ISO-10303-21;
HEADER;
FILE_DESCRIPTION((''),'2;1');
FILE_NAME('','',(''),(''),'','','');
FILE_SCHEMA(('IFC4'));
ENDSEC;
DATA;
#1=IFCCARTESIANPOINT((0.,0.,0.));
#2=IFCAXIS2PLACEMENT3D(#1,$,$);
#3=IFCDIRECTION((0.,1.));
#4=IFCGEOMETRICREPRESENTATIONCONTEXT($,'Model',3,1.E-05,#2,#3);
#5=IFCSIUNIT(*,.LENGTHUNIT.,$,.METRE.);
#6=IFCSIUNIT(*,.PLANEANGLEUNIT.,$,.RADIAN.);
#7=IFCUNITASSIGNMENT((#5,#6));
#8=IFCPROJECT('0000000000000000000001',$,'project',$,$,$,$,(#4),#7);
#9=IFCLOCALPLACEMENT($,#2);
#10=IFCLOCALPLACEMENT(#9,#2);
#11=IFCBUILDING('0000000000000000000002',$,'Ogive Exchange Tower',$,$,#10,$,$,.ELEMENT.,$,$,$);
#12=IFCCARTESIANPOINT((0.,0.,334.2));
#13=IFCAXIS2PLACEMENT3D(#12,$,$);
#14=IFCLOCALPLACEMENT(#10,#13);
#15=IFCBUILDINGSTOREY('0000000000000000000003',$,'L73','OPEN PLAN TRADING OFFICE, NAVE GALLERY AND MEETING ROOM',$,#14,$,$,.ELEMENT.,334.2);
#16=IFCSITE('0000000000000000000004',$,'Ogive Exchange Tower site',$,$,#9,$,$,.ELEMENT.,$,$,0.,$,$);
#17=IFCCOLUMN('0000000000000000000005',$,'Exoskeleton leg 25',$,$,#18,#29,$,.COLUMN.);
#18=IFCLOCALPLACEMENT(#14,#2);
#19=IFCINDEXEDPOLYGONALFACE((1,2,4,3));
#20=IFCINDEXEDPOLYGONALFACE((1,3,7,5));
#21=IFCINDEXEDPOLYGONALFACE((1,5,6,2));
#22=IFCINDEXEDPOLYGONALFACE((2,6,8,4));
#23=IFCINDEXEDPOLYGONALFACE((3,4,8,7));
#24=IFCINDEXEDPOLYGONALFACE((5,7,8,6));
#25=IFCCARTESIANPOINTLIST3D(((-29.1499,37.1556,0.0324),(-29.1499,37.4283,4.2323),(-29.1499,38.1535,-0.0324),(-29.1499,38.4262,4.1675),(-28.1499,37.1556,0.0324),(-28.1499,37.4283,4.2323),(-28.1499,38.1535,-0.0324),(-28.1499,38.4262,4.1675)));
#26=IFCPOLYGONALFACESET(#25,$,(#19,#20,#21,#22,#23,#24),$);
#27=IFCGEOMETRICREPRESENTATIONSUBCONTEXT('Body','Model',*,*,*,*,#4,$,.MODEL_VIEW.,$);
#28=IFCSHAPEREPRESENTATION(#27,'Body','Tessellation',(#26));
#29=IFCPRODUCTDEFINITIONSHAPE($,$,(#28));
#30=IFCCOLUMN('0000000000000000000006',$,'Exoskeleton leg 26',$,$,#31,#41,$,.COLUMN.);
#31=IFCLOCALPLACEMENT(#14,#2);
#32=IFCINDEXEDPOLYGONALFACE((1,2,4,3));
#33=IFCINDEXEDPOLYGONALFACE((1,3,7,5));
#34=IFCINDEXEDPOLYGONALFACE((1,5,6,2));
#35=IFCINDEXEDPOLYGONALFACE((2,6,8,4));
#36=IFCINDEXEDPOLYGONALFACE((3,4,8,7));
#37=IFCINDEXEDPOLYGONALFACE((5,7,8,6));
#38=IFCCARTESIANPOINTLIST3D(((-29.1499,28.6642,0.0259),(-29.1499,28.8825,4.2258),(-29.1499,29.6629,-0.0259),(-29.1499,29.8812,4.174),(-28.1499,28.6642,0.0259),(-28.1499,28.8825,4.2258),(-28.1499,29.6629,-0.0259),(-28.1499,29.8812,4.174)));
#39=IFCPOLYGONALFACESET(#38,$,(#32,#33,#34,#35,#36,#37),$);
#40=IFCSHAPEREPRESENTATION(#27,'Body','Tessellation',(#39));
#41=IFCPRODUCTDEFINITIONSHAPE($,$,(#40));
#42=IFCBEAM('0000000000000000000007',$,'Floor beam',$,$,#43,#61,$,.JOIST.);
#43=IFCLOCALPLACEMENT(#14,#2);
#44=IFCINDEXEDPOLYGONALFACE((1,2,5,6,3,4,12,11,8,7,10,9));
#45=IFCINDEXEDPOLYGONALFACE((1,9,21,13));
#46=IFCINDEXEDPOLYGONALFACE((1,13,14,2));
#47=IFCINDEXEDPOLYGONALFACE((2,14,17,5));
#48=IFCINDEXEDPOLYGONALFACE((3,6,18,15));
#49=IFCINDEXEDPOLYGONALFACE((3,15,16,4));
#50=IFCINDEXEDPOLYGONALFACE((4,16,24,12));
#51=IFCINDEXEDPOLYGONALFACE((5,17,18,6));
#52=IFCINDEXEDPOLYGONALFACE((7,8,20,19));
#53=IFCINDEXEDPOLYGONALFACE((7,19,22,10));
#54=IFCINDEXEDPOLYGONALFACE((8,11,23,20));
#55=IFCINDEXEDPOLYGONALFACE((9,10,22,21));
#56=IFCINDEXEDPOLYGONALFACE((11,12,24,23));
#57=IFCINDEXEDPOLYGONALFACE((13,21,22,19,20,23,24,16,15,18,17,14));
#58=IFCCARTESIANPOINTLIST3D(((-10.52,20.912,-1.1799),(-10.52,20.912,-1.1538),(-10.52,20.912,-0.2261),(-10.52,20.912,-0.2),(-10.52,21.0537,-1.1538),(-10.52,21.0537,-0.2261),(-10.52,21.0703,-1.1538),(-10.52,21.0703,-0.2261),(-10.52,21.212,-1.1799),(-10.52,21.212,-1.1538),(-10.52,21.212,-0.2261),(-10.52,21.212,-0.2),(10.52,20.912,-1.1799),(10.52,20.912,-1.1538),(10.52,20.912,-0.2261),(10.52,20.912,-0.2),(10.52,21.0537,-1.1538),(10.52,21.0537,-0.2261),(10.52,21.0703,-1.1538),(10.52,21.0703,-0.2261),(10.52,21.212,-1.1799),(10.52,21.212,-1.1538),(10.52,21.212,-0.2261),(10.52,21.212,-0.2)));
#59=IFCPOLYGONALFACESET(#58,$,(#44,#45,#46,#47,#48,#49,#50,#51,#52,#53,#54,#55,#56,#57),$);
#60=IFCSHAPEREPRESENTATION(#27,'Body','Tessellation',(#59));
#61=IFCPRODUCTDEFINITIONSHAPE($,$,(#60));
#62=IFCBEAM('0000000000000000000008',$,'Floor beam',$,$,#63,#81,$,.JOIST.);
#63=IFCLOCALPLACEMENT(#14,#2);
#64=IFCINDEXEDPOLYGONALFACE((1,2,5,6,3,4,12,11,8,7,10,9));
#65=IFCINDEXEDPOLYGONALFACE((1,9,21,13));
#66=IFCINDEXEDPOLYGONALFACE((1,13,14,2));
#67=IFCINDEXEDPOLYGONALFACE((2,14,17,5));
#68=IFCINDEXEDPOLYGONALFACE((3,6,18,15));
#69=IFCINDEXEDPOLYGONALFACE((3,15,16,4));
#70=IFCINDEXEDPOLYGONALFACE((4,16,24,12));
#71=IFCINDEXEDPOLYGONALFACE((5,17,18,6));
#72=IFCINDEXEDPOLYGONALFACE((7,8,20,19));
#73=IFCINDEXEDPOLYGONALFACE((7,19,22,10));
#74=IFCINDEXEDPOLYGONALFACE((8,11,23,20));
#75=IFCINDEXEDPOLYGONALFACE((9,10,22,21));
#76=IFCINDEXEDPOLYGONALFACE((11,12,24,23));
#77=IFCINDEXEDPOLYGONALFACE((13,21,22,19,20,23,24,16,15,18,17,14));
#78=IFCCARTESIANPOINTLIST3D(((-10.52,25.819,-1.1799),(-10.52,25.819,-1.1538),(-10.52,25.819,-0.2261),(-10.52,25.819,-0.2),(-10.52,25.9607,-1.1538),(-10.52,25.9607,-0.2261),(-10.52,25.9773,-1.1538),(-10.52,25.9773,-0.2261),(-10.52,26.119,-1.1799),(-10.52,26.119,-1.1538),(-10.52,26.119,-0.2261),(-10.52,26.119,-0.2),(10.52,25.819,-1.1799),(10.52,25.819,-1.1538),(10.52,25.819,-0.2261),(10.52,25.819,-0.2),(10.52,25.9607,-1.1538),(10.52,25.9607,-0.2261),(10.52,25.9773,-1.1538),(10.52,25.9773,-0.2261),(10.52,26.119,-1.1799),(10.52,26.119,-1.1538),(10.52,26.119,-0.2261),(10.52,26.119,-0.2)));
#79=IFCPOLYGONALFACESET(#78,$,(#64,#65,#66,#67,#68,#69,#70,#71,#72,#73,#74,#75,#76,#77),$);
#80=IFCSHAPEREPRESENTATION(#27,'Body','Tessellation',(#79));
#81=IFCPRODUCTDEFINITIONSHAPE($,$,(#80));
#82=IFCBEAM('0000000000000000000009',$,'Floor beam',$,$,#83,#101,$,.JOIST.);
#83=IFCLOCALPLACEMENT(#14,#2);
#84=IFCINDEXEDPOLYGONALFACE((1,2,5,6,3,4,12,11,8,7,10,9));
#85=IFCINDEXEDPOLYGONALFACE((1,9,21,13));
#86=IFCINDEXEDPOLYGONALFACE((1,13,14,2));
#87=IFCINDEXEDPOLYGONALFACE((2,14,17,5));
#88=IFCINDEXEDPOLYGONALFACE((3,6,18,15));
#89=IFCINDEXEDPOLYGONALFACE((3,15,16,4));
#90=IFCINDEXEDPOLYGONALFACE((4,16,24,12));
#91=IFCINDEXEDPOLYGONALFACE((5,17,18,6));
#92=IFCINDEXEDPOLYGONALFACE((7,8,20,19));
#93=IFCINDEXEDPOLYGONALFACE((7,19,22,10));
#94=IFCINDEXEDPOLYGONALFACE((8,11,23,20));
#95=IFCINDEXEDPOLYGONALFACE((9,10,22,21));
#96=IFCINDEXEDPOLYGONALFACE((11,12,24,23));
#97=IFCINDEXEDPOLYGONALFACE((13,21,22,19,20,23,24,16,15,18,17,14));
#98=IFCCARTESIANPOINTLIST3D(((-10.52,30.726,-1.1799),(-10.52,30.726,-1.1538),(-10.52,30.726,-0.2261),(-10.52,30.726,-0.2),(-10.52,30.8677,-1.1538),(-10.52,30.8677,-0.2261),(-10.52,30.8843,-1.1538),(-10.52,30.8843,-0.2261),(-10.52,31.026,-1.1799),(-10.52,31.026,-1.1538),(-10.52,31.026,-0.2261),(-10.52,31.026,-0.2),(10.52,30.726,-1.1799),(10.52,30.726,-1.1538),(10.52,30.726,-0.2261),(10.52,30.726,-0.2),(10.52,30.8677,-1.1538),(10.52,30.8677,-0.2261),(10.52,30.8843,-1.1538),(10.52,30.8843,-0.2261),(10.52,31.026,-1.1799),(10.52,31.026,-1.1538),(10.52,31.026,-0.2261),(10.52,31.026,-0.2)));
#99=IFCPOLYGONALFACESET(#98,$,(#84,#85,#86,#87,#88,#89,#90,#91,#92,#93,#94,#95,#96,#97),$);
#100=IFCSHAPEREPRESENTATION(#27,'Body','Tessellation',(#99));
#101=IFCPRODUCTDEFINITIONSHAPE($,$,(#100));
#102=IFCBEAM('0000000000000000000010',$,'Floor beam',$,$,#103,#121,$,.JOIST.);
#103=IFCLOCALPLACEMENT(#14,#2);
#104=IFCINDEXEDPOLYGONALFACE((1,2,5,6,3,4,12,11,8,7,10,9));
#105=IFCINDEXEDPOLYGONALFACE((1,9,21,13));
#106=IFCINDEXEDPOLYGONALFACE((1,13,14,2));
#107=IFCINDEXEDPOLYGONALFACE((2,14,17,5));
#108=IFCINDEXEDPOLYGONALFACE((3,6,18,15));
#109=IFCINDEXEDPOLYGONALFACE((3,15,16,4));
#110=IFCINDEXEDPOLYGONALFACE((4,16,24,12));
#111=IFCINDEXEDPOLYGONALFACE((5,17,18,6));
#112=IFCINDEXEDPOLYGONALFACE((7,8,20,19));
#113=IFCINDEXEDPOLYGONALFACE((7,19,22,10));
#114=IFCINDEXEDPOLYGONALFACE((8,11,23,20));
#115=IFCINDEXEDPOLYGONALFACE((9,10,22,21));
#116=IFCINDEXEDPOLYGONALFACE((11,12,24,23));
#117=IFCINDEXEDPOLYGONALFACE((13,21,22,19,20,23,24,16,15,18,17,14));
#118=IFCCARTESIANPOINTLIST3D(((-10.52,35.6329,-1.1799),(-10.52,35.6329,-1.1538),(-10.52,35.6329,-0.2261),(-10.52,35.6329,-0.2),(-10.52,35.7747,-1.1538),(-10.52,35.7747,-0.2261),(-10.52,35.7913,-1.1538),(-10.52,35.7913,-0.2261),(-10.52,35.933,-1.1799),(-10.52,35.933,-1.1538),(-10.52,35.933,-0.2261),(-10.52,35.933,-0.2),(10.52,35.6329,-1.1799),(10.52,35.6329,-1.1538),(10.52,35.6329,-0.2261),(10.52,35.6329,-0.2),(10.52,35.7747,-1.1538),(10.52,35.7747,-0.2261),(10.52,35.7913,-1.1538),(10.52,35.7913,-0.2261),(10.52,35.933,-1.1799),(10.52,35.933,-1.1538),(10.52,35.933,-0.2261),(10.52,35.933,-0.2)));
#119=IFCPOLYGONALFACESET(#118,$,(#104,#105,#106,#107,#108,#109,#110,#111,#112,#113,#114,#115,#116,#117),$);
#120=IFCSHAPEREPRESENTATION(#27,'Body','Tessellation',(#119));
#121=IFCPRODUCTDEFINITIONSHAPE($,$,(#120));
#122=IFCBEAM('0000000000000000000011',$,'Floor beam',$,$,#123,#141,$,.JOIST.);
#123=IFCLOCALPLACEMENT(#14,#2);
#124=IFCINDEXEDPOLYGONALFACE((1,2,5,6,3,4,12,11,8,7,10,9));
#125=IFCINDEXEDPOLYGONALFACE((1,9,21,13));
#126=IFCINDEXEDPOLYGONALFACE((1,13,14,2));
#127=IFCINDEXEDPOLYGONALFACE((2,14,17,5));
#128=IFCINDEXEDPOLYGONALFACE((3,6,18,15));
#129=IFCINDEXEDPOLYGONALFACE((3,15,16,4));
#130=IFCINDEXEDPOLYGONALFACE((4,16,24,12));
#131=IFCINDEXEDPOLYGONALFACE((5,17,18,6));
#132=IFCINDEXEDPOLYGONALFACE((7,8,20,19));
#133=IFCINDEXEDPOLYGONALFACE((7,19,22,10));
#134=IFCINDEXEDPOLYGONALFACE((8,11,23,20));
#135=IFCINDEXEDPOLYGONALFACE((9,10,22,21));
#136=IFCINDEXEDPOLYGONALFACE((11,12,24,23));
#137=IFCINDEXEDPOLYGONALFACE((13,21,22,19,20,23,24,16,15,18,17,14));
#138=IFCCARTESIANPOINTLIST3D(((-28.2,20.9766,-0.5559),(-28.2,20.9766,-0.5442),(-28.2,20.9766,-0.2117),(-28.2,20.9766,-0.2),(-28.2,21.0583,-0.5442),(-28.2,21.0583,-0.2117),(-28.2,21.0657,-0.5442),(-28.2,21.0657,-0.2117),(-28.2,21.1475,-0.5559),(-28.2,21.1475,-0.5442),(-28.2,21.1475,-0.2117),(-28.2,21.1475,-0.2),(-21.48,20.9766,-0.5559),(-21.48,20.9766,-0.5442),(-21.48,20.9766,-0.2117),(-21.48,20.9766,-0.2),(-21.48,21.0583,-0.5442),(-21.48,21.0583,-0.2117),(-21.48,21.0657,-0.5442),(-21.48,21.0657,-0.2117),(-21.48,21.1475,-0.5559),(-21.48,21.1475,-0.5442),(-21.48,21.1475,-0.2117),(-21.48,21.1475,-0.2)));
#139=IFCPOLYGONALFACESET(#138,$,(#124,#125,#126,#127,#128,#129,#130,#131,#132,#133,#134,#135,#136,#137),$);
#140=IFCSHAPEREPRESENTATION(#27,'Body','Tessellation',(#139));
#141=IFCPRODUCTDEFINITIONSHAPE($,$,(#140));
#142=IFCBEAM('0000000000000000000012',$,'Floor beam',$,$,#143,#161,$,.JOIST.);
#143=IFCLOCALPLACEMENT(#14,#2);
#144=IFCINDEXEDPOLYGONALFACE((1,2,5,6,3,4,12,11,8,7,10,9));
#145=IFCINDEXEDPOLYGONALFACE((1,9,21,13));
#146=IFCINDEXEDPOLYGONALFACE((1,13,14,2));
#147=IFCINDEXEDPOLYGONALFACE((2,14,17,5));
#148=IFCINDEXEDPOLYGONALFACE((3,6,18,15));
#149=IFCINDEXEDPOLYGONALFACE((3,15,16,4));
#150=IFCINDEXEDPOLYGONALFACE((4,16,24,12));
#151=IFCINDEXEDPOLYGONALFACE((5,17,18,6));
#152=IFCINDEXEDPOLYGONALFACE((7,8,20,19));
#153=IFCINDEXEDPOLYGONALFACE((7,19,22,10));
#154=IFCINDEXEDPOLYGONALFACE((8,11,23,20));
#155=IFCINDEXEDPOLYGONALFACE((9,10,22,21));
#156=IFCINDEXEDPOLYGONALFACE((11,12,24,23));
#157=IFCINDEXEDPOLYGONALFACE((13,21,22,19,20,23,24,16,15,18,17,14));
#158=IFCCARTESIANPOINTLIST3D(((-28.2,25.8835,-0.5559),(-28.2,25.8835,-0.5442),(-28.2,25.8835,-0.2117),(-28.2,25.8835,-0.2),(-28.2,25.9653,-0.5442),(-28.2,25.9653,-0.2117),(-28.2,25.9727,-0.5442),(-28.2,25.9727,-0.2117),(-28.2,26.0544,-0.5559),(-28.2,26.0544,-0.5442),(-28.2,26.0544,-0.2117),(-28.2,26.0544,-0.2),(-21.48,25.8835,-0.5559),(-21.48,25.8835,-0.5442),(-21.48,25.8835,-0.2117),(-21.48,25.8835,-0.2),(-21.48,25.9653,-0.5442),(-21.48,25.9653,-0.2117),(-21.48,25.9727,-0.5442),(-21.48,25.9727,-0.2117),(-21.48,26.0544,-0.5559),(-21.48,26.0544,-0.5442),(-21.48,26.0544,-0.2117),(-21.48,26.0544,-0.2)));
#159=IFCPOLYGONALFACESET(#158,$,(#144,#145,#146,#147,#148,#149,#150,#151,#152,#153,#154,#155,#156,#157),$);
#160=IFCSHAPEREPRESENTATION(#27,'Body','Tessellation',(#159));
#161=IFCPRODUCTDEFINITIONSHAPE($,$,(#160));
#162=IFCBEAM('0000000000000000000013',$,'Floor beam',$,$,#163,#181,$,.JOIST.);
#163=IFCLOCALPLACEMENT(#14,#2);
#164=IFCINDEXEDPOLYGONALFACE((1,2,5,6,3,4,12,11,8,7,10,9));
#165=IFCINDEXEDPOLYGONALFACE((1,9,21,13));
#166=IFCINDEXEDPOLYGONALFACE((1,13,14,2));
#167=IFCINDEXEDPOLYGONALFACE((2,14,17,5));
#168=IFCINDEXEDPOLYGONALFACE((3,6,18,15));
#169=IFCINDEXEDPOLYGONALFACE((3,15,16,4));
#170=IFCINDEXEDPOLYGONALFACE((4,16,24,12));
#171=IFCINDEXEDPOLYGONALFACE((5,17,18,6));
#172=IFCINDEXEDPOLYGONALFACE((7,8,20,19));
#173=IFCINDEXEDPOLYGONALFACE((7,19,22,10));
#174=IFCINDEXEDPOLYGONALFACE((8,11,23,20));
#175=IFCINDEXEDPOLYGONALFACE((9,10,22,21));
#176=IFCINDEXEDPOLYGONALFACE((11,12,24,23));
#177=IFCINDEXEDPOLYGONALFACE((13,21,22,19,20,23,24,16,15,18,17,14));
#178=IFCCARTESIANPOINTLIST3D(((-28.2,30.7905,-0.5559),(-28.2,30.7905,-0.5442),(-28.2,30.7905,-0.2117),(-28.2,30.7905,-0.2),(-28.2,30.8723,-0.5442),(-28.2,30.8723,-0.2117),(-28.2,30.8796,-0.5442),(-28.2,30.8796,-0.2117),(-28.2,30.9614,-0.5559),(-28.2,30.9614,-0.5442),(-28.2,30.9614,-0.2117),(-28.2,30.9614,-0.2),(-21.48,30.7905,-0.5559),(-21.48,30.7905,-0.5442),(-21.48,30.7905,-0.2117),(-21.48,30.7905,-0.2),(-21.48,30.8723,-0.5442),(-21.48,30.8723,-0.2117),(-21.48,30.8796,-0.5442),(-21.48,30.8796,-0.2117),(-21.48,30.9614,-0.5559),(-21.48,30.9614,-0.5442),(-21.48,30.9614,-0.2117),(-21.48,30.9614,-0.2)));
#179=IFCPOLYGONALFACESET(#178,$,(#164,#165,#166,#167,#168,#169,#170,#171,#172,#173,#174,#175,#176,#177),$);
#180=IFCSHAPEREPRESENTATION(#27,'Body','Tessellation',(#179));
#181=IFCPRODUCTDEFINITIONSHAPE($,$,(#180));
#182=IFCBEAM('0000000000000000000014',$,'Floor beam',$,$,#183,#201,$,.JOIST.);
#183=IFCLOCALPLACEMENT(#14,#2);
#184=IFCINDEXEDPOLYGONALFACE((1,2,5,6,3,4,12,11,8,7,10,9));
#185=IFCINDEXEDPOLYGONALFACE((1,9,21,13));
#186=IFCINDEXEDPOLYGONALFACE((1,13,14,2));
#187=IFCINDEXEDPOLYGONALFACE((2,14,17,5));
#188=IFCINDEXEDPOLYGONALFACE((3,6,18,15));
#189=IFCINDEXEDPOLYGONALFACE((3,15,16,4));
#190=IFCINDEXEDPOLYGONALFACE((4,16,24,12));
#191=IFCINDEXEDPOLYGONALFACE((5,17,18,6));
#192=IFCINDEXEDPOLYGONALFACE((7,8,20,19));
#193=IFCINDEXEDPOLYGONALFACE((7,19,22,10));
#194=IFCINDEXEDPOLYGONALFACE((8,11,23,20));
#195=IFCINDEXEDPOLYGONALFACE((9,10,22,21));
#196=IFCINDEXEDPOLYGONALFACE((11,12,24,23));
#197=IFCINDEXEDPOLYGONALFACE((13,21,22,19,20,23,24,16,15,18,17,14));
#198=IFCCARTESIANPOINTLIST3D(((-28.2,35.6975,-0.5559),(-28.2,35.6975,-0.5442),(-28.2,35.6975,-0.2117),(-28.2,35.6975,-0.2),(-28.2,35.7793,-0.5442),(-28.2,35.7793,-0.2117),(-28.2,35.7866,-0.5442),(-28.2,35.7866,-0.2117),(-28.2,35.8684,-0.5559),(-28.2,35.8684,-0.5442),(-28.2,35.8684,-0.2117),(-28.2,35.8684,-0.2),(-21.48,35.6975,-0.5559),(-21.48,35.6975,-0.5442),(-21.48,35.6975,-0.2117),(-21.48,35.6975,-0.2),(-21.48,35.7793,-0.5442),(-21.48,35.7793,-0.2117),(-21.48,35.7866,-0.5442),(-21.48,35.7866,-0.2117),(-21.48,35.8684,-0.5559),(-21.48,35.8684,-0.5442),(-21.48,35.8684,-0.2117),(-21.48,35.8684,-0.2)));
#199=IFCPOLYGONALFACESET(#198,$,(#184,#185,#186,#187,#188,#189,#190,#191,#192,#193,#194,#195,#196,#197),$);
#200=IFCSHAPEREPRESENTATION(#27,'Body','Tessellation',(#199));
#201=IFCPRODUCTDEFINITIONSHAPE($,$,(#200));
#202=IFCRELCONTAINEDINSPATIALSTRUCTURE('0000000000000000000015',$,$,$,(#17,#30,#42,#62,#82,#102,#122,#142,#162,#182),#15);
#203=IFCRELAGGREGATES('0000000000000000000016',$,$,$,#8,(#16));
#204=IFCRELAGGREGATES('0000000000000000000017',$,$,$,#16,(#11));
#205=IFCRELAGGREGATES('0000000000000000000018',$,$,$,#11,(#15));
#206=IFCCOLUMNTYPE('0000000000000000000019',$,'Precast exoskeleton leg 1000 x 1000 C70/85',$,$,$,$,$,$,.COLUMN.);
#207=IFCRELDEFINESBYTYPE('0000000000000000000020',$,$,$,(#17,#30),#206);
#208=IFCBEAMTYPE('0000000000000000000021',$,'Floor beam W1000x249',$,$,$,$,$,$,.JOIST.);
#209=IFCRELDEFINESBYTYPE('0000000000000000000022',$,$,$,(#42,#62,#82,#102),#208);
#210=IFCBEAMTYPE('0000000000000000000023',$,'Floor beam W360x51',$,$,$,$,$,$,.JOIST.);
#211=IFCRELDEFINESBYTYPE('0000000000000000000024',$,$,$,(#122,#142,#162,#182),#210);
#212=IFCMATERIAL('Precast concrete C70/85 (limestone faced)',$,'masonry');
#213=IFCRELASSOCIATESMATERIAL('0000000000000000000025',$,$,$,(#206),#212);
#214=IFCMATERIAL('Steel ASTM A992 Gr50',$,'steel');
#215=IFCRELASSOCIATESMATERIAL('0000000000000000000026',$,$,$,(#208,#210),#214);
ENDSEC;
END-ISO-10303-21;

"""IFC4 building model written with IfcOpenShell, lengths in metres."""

from ifc_helpers import new_model, si_unit, direction, frame, origin, origin_2d, place, context, subcontext, project, spatial, rectangle, i_section, extrude, material, material_profile, profile_set, type_object, element, save


model = new_model("IFC4")

# Units and contexts
model_context = context("Model", 3, precision=1e-05, world=origin(), true_north=direction((0.0, 1.0)))
body_context = subcontext(model_context, "Body", "Model", "MODEL_VIEW")
ifc_project = project(units=[si_unit("LENGTHUNIT", "METRE"), si_unit("PLANEANGLEUNIT", "RADIAN")], contexts=[model_context])

# Site, building, storey
site_placement = place(None, origin())
site = spatial("IfcSite", under=ifc_project, at=site_placement, Name="Ogive Exchange Tower site", CompositionType="ELEMENT", RefElevation=0.0)
building_placement = place(site_placement, origin())
building = spatial("IfcBuilding", under=site, at=building_placement, Name="Ogive Exchange Tower", CompositionType="ELEMENT")
storey_placement = place(building_placement, frame((0.0, 0.0, 334.2)))
storey = spatial("IfcBuildingStorey", under=building, at=storey_placement, Name="L73", Description="OPEN PLAN TRADING OFFICE, NAVE GALLERY AND MEETING ROOM", CompositionType="ELEMENT", Elevation=334.2)

# Columns
ifc_material_1 = material(Name="Precast concrete C70/85 (limestone faced)", Category="masonry")
ifc_material_profile_1 = material_profile(ifc_material_1, rectangle(XDim=1.0, YDim=1.0, at=origin_2d()), Name="1000 x 1000")
ifc_profile_set_1 = profile_set([ifc_material_profile_1], Name="Precast concrete C70/85 (limestone faced)")
column_type = type_object("IfcColumnType", Name="Precast exoskeleton leg 1000 x 1000 C70/85", PredefinedType="COLUMN", material=ifc_profile_set_1)
column_1_placement = place(storey_placement, frame((-28.6499, 37.6545, 0.0), z_axis=(0.0, 0.064794, 0.997899), x_axis=(-1.0, 0.0, 0.0)))
element("IfcColumn", 1, at=column_1_placement, inside=storey, type_object=column_type, Name="Exoskeleton leg 25", PredefinedType="COLUMN", context=body_context, shape_type="SweptSolid", body=[
    extrude(rectangle(XDim=1.0, YDim=1.0, at=origin_2d()), origin(), (0.0, 0.0, 1.0), 4.2087),
])
column_2_placement = place(storey_placement, frame((-28.6499, 29.1636, 0.0), z_axis=(0.0, 0.051898, 0.998652), x_axis=(-1.0, 0.0, 0.0)))
element("IfcColumn", 2, at=column_2_placement, inside=storey, type_object=column_type, Name="Exoskeleton leg 26", PredefinedType="COLUMN", context=body_context, shape_type="SweptSolid", body=[
    extrude(rectangle(XDim=1.0, YDim=1.0, at=origin_2d()), origin(), (0.0, 0.0, 1.0), 4.2056),
])

# Beams
ifc_material_2 = material(Name="Steel ASTM A992 Gr50", Category="steel")
ifc_material_profile_2 = material_profile(ifc_material_2, i_section(OverallWidth=0.3, OverallDepth=0.98, WebThickness=0.0166, FlangeThickness=0.0261, at=origin_2d()), Name="W1000x249")
ifc_profile_set_2 = profile_set([ifc_material_profile_2], Name="Steel ASTM A992 Gr50")
beam_type_1 = type_object("IfcBeamType", Name="Floor beam W1000x249", PredefinedType="JOIST", material=ifc_profile_set_2)
for number, where, z_axis, x_axis, name in (
    (3, (-10.52, 21.062, -0.6899), (1.0, 0.0, 0.0), (0.0, 1.0, 0.0), "Floor beam"),
    (4, (-10.52, 25.969, -0.6899), (1.0, 0.0, 0.0), (0.0, 1.0, 0.0), "Floor beam"),
    (5, (-10.52, 30.876, -0.6899), (1.0, 0.0, 0.0), (0.0, 1.0, 0.0), "Floor beam"),
    (6, (-10.52, 35.783, -0.6899), (1.0, 0.0, 0.0), (0.0, 1.0, 0.0), "Floor beam"),
):
    element("IfcBeam", number, at=place(storey_placement, frame(where, z_axis=z_axis, x_axis=x_axis)), inside=storey, type_object=beam_type_1, Name=name, PredefinedType="JOIST", context=body_context, shape_type="SweptSolid", body=[
        extrude(i_section(OverallWidth=0.3, OverallDepth=0.98, WebThickness=0.0166, FlangeThickness=0.0261, at=origin_2d()), origin(), (0.0, 0.0, 1.0), 21.04),
    ])
ifc_material_profile_3 = material_profile(ifc_material_2, i_section(OverallWidth=0.1709, OverallDepth=0.356, WebThickness=0.0073, FlangeThickness=0.0117, at=origin_2d()), Name="W360x51")
ifc_profile_set_3 = profile_set([ifc_material_profile_3], Name="Steel ASTM A992 Gr50")
beam_type_2 = type_object("IfcBeamType", Name="Floor beam W360x51", PredefinedType="JOIST", material=ifc_profile_set_3)
for number, where, z_axis, x_axis, name in (
    (7, (-28.2, 21.062, -0.3779), (1.0, 0.0, 0.0), (0.0, 1.0, 0.0), "Floor beam"),
    (8, (-28.2, 25.969, -0.3779), (1.0, 0.0, 0.0), (0.0, 1.0, 0.0), "Floor beam"),
    (9, (-28.2, 30.876, -0.3779), (1.0, 0.0, 0.0), (0.0, 1.0, 0.0), "Floor beam"),
    (10, (-28.2, 35.783, -0.3779), (1.0, 0.0, 0.0), (0.0, 1.0, 0.0), "Floor beam"),
):
    element("IfcBeam", number, at=place(storey_placement, frame(where, z_axis=z_axis, x_axis=x_axis)), inside=storey, type_object=beam_type_2, Name=name, PredefinedType="JOIST", context=body_context, shape_type="SweptSolid", body=[
        extrude(i_section(OverallWidth=0.1709, OverallDepth=0.356, WebThickness=0.0073, FlangeThickness=0.0117, at=origin_2d()), origin(), (0.0, 0.0, 1.0), 6.72),
    ])

save(model, "model.ifc")
